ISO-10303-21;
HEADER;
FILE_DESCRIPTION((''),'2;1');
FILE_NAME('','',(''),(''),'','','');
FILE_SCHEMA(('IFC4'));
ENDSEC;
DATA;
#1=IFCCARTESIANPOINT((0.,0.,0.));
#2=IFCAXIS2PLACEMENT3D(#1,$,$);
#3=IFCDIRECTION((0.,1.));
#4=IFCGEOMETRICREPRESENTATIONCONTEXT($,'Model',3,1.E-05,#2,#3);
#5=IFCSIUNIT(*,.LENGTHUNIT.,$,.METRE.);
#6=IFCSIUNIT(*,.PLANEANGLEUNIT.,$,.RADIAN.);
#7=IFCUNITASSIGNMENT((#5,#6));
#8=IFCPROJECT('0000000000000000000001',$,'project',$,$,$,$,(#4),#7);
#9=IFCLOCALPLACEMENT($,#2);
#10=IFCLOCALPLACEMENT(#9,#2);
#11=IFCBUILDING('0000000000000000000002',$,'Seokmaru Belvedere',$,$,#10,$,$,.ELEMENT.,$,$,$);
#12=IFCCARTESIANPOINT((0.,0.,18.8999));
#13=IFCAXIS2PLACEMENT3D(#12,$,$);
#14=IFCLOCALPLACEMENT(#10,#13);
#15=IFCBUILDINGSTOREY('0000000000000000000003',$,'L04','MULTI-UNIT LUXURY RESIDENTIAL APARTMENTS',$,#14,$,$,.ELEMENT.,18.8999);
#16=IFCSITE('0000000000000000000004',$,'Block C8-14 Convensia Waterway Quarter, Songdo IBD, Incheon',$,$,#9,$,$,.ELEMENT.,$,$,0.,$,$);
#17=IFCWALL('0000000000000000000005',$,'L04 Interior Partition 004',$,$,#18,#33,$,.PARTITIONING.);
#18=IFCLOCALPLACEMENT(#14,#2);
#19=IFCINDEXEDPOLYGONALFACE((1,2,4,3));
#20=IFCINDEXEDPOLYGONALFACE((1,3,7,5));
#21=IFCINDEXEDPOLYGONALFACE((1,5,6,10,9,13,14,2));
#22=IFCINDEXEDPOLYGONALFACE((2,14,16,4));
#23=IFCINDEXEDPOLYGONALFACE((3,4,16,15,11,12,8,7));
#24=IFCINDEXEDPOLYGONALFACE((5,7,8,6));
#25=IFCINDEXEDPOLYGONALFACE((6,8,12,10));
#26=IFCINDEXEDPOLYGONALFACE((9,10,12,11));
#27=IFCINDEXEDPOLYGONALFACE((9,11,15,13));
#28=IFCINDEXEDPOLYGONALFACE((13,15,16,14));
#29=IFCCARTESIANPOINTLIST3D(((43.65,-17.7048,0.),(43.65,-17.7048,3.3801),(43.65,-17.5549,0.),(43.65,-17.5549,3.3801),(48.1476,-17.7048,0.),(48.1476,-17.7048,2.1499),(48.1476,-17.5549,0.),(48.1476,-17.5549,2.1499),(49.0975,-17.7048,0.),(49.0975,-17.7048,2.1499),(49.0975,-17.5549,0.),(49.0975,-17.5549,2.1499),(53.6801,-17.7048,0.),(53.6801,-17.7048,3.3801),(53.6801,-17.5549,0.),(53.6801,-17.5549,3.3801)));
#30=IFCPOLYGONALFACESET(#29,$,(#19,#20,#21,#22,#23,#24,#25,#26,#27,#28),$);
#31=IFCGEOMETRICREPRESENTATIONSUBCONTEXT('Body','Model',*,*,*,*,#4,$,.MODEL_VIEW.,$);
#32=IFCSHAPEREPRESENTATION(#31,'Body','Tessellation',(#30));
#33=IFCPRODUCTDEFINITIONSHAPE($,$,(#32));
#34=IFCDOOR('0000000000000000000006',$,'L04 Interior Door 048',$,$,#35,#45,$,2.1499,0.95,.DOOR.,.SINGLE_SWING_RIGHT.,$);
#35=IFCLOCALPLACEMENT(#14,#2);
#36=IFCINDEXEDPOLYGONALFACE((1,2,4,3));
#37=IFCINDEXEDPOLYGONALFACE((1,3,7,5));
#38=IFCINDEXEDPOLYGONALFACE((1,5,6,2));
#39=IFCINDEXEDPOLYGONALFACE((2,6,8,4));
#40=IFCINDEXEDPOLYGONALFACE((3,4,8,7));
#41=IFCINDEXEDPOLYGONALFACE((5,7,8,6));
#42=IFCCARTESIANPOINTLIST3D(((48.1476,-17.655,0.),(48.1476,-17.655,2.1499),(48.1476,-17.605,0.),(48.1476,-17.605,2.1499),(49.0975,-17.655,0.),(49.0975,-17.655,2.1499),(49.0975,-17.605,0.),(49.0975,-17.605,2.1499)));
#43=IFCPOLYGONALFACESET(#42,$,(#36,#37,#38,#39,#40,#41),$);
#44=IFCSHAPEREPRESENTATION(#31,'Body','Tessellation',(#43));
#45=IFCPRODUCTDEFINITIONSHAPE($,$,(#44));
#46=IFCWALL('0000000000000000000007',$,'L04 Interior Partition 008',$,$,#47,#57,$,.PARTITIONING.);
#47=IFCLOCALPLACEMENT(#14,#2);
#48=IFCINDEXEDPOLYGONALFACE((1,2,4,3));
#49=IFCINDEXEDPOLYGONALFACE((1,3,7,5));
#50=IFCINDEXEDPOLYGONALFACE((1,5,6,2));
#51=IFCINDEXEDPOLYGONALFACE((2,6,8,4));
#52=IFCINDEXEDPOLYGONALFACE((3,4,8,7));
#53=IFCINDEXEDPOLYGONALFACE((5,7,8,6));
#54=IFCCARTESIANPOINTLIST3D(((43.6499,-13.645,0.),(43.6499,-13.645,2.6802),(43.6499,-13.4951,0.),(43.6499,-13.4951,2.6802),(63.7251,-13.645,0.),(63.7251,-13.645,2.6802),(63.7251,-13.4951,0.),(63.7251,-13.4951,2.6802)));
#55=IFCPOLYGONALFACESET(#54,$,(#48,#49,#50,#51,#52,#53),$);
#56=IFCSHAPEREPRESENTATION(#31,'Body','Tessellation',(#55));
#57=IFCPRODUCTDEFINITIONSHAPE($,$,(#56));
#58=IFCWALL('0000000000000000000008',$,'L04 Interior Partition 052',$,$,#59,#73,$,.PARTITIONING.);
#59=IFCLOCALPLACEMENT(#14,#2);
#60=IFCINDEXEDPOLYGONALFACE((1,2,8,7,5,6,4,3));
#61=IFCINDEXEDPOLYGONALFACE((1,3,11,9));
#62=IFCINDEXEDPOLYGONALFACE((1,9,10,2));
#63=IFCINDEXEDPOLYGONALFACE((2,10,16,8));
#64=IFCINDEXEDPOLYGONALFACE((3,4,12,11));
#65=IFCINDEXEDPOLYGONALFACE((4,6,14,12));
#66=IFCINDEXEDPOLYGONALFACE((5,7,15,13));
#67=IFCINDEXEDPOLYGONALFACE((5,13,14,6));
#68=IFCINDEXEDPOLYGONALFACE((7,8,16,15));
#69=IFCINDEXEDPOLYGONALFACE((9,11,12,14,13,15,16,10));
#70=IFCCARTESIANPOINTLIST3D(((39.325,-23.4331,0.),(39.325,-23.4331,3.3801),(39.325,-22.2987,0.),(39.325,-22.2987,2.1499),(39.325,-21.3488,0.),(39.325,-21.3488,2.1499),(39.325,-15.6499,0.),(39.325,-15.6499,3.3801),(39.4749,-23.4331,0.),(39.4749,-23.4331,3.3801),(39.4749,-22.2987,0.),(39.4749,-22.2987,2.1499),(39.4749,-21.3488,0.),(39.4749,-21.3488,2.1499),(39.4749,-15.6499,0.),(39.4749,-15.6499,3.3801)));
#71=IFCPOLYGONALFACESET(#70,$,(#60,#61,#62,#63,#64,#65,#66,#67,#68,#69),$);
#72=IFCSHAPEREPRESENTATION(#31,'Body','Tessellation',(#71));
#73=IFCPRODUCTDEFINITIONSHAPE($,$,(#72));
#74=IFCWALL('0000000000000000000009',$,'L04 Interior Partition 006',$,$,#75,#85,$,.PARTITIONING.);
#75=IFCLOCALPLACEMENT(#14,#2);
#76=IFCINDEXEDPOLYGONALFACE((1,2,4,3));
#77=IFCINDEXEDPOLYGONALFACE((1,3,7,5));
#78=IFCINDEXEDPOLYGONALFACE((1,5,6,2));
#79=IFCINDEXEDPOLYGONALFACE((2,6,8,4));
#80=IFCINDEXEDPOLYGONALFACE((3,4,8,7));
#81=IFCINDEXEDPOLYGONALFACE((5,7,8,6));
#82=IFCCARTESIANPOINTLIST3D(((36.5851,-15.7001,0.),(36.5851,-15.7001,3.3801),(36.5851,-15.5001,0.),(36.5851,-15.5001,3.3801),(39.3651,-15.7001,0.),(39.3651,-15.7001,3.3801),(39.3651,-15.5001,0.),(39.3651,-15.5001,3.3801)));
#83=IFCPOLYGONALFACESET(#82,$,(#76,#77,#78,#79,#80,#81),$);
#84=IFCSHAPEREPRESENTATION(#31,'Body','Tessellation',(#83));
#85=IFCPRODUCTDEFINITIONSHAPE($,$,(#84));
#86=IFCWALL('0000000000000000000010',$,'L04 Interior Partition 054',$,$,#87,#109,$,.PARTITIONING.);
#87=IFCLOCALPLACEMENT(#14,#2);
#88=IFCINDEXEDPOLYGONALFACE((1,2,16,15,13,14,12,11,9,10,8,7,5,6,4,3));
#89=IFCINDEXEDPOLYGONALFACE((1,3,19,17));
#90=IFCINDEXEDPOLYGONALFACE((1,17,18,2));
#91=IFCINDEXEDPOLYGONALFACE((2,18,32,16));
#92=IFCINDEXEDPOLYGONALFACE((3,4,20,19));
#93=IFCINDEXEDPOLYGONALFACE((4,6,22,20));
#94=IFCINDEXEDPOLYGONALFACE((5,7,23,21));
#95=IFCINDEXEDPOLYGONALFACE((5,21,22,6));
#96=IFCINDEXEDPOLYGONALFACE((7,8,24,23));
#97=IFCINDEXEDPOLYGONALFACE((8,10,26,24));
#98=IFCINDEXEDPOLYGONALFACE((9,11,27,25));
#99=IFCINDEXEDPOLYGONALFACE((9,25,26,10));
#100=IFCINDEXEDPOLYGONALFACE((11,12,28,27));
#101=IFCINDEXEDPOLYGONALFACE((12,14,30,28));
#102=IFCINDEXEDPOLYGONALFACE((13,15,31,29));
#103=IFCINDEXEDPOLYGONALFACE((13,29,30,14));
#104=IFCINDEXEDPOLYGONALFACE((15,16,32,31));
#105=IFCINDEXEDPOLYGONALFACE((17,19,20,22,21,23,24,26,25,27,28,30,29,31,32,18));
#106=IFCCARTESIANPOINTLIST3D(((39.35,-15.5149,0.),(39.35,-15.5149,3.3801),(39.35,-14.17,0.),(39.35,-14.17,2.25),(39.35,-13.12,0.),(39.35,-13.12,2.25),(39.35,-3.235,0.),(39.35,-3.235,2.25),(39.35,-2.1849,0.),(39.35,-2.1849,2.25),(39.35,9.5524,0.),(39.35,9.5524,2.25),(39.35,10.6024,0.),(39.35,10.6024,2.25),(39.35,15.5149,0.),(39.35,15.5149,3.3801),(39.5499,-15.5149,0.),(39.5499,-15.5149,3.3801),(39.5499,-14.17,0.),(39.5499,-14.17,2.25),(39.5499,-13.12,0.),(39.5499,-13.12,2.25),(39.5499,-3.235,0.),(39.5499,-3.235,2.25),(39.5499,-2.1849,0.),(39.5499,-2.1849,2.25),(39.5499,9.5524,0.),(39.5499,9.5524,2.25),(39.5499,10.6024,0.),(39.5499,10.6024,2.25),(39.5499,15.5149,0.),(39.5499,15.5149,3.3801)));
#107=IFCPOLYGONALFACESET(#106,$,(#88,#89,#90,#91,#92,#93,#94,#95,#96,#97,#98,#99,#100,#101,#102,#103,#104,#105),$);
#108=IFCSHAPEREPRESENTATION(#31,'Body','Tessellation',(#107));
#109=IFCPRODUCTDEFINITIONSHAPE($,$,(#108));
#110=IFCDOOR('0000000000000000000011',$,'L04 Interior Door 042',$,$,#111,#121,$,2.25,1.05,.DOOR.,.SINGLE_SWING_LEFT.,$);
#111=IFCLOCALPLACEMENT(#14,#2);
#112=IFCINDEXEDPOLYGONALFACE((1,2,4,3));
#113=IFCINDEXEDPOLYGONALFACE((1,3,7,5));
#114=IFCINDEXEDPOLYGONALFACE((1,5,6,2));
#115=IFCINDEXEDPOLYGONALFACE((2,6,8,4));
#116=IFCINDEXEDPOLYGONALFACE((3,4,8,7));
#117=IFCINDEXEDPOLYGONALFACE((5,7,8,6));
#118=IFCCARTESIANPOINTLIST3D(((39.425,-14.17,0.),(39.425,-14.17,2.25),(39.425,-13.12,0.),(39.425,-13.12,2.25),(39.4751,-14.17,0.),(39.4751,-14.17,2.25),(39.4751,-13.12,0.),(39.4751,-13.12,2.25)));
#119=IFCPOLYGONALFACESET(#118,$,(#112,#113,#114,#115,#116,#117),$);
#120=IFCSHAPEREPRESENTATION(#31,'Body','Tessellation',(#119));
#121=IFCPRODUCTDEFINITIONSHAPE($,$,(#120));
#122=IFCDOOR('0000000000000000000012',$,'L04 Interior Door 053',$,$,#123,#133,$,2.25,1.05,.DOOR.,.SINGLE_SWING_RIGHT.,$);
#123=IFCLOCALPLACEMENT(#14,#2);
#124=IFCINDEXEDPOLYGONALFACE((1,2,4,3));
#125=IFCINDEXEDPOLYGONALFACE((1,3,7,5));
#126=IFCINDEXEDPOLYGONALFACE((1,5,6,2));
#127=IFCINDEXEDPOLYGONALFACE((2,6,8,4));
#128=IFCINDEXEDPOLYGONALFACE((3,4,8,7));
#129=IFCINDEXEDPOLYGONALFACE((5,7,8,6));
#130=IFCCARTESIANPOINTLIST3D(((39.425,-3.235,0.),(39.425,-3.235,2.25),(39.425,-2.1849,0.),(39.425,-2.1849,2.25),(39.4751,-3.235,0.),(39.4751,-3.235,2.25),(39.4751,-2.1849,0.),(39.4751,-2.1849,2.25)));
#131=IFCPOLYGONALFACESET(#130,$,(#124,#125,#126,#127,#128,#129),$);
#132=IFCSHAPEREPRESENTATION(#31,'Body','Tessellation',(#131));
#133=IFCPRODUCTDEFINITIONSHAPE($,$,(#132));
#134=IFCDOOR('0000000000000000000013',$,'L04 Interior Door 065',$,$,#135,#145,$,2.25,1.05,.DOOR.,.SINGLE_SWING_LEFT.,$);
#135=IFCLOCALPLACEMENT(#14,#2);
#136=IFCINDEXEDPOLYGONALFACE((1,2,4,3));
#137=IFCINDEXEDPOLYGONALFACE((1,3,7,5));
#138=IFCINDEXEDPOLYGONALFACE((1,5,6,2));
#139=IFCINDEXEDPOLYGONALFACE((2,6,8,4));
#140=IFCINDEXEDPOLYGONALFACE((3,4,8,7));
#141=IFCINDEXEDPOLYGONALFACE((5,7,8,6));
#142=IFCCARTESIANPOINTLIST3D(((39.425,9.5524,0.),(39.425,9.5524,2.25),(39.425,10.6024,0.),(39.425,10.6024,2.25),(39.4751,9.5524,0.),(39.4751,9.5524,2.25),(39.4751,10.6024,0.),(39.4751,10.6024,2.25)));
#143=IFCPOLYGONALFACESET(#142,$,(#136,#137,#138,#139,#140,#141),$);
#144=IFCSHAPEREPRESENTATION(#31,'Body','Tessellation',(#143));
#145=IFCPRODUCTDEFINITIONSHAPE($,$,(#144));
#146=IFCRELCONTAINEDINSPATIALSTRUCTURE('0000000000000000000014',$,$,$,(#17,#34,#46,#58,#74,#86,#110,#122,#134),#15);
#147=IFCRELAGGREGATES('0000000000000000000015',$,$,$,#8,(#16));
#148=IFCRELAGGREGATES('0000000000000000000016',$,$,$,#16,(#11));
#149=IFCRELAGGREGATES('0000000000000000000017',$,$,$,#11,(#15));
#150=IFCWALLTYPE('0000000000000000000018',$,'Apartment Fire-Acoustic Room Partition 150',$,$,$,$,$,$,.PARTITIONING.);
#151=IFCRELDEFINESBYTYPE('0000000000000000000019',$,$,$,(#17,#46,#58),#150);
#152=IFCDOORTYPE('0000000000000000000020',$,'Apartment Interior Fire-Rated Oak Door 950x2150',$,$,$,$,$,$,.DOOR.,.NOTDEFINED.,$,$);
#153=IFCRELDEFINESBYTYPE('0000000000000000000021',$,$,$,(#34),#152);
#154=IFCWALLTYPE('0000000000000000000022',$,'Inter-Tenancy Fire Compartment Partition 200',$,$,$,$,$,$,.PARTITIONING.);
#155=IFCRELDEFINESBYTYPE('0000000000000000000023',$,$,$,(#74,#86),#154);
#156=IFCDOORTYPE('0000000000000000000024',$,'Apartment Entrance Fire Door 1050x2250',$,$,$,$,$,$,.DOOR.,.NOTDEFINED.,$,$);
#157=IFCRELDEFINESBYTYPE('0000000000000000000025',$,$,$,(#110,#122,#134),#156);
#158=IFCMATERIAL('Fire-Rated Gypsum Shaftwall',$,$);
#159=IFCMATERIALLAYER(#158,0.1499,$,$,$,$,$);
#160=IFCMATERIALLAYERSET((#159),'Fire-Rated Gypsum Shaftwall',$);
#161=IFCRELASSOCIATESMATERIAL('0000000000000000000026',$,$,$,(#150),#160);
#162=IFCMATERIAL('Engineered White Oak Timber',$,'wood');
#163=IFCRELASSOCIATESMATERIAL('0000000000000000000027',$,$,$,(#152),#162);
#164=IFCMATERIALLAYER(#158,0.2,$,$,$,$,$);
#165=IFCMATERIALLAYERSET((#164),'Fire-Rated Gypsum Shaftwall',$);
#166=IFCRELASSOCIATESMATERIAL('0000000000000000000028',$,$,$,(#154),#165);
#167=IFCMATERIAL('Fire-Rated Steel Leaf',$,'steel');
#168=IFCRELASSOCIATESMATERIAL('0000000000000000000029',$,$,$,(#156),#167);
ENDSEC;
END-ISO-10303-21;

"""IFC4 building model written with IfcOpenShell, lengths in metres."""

from ifc_helpers import new_model, si_unit, direction, frame, frame_2d, origin, place, context, subcontext, project, spatial, rectangle, extrude, source, transform, mapped, material, layer, layer_set, type_object, type_shapes, element, fill, save


model = new_model("IFC4")

# Units and contexts
model_context = context("Model", 3, precision=1e-05, world=origin(), true_north=direction((0.0, 1.0)))
body_context = subcontext(model_context, "Body", "Model", "MODEL_VIEW")
ifc_project = project(units=[si_unit("LENGTHUNIT", "METRE"), si_unit("PLANEANGLEUNIT", "RADIAN")], contexts=[model_context])

# Site, building, storey
site_placement = place(None, origin())
site = spatial("IfcSite", under=ifc_project, at=site_placement, Name="Block C8-14 Convensia Waterway Quarter, Songdo IBD, Incheon", CompositionType="ELEMENT", RefElevation=0.0)
building_placement = place(site_placement, origin())
building = spatial("IfcBuilding", under=site, at=building_placement, Name="Seokmaru Belvedere", CompositionType="ELEMENT")
storey_placement = place(building_placement, frame((0.0, 0.0, 18.8999)))
storey = spatial("IfcBuildingStorey", under=building, at=storey_placement, Name="L04", Description="MULTI-UNIT LUXURY RESIDENTIAL APARTMENTS", CompositionType="ELEMENT", Elevation=18.8999)

# Wall, opening, door
ifc_material_1 = material(Name="Fire-Rated Gypsum Shaftwall")
ifc_layer_1 = layer(ifc_material_1, 0.1499)
ifc_layer_set_1 = layer_set([ifc_layer_1], Name="Fire-Rated Gypsum Shaftwall")
wall_type_1 = type_object("IfcWallType", Name="Apartment Fire-Acoustic Room Partition 150", PredefinedType="PARTITIONING", material=ifc_layer_set_1)
wall_1_placement = place(storey_placement, frame((43.6499, -17.6299, 0.0), z_axis=(0.0, 0.0, 1.0), x_axis=(1.0, 0.0, 0.0)))
wall_1 = element("IfcWall", 1, at=wall_1_placement, inside=storey, type_object=wall_type_1, Name="L04 Interior Partition 004", PredefinedType="PARTITIONING", context=body_context, shape_type="SweptSolid", body=[
    extrude(rectangle(XDim=10.03, YDim=0.1499, at=frame_2d((5.0151, 0.0))), origin(), (0.0, 0.0, 1.0), 3.3801),
])
opening_1_placement = place(wall_1_placement, frame((4.4976, 0.0, 0.0)))
opening_1 = element("IfcOpeningElement", 2, at=opening_1_placement, cuts=wall_1, PredefinedType="OPENING", context=body_context, shape_type="SweptSolid", body=[
    extrude(rectangle(XDim=0.95, YDim=2.1499, at=frame_2d((0.4751, 1.075))), frame((0.0, 0.085, 0.0), z_axis=(0.0, -1.0, 0.0), x_axis=(1.0, 0.0, 0.0)), (0.0, 0.0, 1.0), 0.1699),
])
ifc_material_2 = material(Name="Engineered White Oak Timber", Category="wood")
door_type_1 = type_object("IfcDoorType", Name="Apartment Interior Fire-Rated Oak Door 950x2150", OperationType="NOTDEFINED", PredefinedType="DOOR", material=ifc_material_2)
shared_shape_1 = source(origin(), body_context, "Body", "SweptSolid", [
    extrude(rectangle(XDim=0.95, YDim=2.1499, at=frame_2d((0.4751, 1.075))), frame((0.0, 0.0249, 0.0), z_axis=(0.0, -1.0, 0.0), x_axis=(1.0, 0.0, 0.0)), (0.0, 0.0, 1.0), 0.05),
])
type_shapes(door_type_1, [shared_shape_1])
door_1_placement = place(opening_1_placement, origin())
door_1 = element("IfcDoor", 3, at=door_1_placement, inside=storey, type_object=door_type_1, Name="L04 Interior Door 048", OperationType="SINGLE_SWING_RIGHT", OverallHeight=2.1499, OverallWidth=0.95, PredefinedType="DOOR", context=body_context, shape_type="MappedRepresentation", body=[
    mapped(shared_shape_1, transform((0.0, 0.0, 0.0), scale=1.0)),
])
fill(opening_1, door_1)

# Wall
wall_2_placement = place(storey_placement, frame((43.6499, -13.5701, 0.0), z_axis=(0.0, 0.0, 1.0), x_axis=(1.0, 0.0, 0.0)))
element("IfcWall", 4, at=wall_2_placement, inside=storey, type_object=wall_type_1, Name="L04 Interior Partition 008", PredefinedType="PARTITIONING", context=body_context, shape_type="SweptSolid", body=[
    extrude(rectangle(XDim=20.0752, YDim=0.1499, at=frame_2d((10.0376, 0.0))), origin(), (0.0, 0.0, 1.0), 2.6802),
])

# Wall, opening
wall_3_placement = place(storey_placement, frame((39.3999, -23.4331, 0.0), z_axis=(0.0, 0.0, 1.0), x_axis=(0.0, 1.0, 0.0)))
wall_3 = element("IfcWall", 5, at=wall_3_placement, inside=storey, type_object=wall_type_1, Name="L04 Interior Partition 052", PredefinedType="PARTITIONING", context=body_context, shape_type="SweptSolid", body=[
    extrude(rectangle(XDim=7.7832, YDim=0.1499, at=frame_2d((3.8916, 0.0))), origin(), (0.0, 0.0, 1.0), 3.3801),
])
opening_2_placement = place(wall_3_placement, frame((1.1343, 0.0, 0.0)))
element("IfcOpeningElement", 6, at=opening_2_placement, cuts=wall_3, PredefinedType="OPENING", context=body_context, shape_type="SweptSolid", body=[
    extrude(rectangle(XDim=0.95, YDim=2.1499, at=frame_2d((0.4751, 1.075))), frame((0.0, 0.085, 0.0), z_axis=(0.0, -1.0, 0.0), x_axis=(1.0, 0.0, 0.0)), (0.0, 0.0, 1.0), 0.1699),
])

# Wall
ifc_layer_2 = layer(ifc_material_1, 0.2)
ifc_layer_set_2 = layer_set([ifc_layer_2], Name="Fire-Rated Gypsum Shaftwall")
wall_type_2 = type_object("IfcWallType", Name="Inter-Tenancy Fire Compartment Partition 200", PredefinedType="PARTITIONING", material=ifc_layer_set_2)
wall_4_placement = place(storey_placement, frame((36.585, -15.6001, 0.0), z_axis=(0.0, 0.0, 1.0), x_axis=(1.0, 0.0, 0.0)))
element("IfcWall", 7, at=wall_4_placement, inside=storey, type_object=wall_type_2, Name="L04 Interior Partition 006", PredefinedType="PARTITIONING", context=body_context, shape_type="SweptSolid", body=[
    extrude(rectangle(XDim=2.78, YDim=0.2, at=frame_2d((1.3901, 0.0))), origin(), (0.0, 0.0, 1.0), 3.3801),
])

# Wall, openings, doors
wall_5_placement = place(storey_placement, frame((39.45, -15.5149, 0.0), z_axis=(0.0, 0.0, 1.0), x_axis=(0.0, 1.0, 0.0)))
wall_5 = element("IfcWall", 8, at=wall_5_placement, inside=storey, type_object=wall_type_2, Name="L04 Interior Partition 054", PredefinedType="PARTITIONING", context=body_context, shape_type="SweptSolid", body=[
    extrude(rectangle(XDim=31.0298, YDim=0.2, at=frame_2d((15.5149, 0.0))), origin(), (0.0, 0.0, 1.0), 3.3801),
])
opening_3_placement = place(wall_5_placement, frame((1.345, 0.0, 0.0)))
opening_3 = element("IfcOpeningElement", 9, at=opening_3_placement, cuts=wall_5, PredefinedType="OPENING", context=body_context, shape_type="SweptSolid", body=[
    extrude(rectangle(XDim=1.05, YDim=2.25, at=frame_2d((0.5249, 1.125))), frame((0.0, 0.1099, 0.0), z_axis=(0.0, -1.0, 0.0), x_axis=(1.0, 0.0, 0.0)), (0.0, 0.0, 1.0), 0.22),
])
opening_4_placement = place(wall_5_placement, frame((12.28, 0.0, 0.0)))
opening_4 = element("IfcOpeningElement", 10, at=opening_4_placement, cuts=wall_5, PredefinedType="OPENING", context=body_context, shape_type="SweptSolid", body=[
    extrude(rectangle(XDim=1.05, YDim=2.25, at=frame_2d((0.5249, 1.125))), frame((0.0, 0.1099, 0.0), z_axis=(0.0, -1.0, 0.0), x_axis=(1.0, 0.0, 0.0)), (0.0, 0.0, 1.0), 0.22),
])
opening_5_placement = place(wall_5_placement, frame((25.0674, 0.0, 0.0)))
opening_5 = element("IfcOpeningElement", 11, at=opening_5_placement, cuts=wall_5, PredefinedType="OPENING", context=body_context, shape_type="SweptSolid", body=[
    extrude(rectangle(XDim=1.05, YDim=2.25, at=frame_2d((0.5249, 1.125))), frame((0.0, 0.1099, 0.0), z_axis=(0.0, -1.0, 0.0), x_axis=(1.0, 0.0, 0.0)), (0.0, 0.0, 1.0), 0.22),
])
ifc_material_3 = material(Name="Fire-Rated Steel Leaf", Category="steel")
door_type_2 = type_object("IfcDoorType", Name="Apartment Entrance Fire Door 1050x2250", OperationType="NOTDEFINED", PredefinedType="DOOR", material=ifc_material_3)
shared_shape_2 = source(origin(), body_context, "Body", "SweptSolid", [
    extrude(rectangle(XDim=1.05, YDim=2.25, at=frame_2d((0.5249, 1.125))), frame((0.0, 0.0249, 0.0), z_axis=(0.0, -1.0, 0.0), x_axis=(1.0, 0.0, 0.0)), (0.0, 0.0, 1.0), 0.05),
])
type_shapes(door_type_2, [shared_shape_2])
door_2_placement = place(opening_3_placement, origin())
door_2 = element("IfcDoor", 12, at=door_2_placement, inside=storey, type_object=door_type_2, Name="L04 Interior Door 042", OperationType="SINGLE_SWING_LEFT", OverallHeight=2.25, OverallWidth=1.05, PredefinedType="DOOR", context=body_context, shape_type="MappedRepresentation", body=[
    mapped(shared_shape_2, transform((0.0, 0.0, 0.0), scale=1.0)),
])
fill(opening_3, door_2)
door_3_placement = place(opening_4_placement, origin())
door_3 = element("IfcDoor", 13, at=door_3_placement, inside=storey, type_object=door_type_2, Name="L04 Interior Door 053", OperationType="SINGLE_SWING_RIGHT", OverallHeight=2.25, OverallWidth=1.05, PredefinedType="DOOR", context=body_context, shape_type="MappedRepresentation", body=[
    mapped(shared_shape_2, transform((0.0, 0.0, 0.0), scale=1.0)),
])
fill(opening_4, door_3)
door_4_placement = place(opening_5_placement, origin())
door_4 = element("IfcDoor", 14, at=door_4_placement, inside=storey, type_object=door_type_2, Name="L04 Interior Door 065", OperationType="SINGLE_SWING_LEFT", OverallHeight=2.25, OverallWidth=1.05, PredefinedType="DOOR", context=body_context, shape_type="MappedRepresentation", body=[
    mapped(shared_shape_2, transform((0.0, 0.0, 0.0), scale=1.0)),
])
fill(opening_5, door_4)

save(model, "model.ifc")
